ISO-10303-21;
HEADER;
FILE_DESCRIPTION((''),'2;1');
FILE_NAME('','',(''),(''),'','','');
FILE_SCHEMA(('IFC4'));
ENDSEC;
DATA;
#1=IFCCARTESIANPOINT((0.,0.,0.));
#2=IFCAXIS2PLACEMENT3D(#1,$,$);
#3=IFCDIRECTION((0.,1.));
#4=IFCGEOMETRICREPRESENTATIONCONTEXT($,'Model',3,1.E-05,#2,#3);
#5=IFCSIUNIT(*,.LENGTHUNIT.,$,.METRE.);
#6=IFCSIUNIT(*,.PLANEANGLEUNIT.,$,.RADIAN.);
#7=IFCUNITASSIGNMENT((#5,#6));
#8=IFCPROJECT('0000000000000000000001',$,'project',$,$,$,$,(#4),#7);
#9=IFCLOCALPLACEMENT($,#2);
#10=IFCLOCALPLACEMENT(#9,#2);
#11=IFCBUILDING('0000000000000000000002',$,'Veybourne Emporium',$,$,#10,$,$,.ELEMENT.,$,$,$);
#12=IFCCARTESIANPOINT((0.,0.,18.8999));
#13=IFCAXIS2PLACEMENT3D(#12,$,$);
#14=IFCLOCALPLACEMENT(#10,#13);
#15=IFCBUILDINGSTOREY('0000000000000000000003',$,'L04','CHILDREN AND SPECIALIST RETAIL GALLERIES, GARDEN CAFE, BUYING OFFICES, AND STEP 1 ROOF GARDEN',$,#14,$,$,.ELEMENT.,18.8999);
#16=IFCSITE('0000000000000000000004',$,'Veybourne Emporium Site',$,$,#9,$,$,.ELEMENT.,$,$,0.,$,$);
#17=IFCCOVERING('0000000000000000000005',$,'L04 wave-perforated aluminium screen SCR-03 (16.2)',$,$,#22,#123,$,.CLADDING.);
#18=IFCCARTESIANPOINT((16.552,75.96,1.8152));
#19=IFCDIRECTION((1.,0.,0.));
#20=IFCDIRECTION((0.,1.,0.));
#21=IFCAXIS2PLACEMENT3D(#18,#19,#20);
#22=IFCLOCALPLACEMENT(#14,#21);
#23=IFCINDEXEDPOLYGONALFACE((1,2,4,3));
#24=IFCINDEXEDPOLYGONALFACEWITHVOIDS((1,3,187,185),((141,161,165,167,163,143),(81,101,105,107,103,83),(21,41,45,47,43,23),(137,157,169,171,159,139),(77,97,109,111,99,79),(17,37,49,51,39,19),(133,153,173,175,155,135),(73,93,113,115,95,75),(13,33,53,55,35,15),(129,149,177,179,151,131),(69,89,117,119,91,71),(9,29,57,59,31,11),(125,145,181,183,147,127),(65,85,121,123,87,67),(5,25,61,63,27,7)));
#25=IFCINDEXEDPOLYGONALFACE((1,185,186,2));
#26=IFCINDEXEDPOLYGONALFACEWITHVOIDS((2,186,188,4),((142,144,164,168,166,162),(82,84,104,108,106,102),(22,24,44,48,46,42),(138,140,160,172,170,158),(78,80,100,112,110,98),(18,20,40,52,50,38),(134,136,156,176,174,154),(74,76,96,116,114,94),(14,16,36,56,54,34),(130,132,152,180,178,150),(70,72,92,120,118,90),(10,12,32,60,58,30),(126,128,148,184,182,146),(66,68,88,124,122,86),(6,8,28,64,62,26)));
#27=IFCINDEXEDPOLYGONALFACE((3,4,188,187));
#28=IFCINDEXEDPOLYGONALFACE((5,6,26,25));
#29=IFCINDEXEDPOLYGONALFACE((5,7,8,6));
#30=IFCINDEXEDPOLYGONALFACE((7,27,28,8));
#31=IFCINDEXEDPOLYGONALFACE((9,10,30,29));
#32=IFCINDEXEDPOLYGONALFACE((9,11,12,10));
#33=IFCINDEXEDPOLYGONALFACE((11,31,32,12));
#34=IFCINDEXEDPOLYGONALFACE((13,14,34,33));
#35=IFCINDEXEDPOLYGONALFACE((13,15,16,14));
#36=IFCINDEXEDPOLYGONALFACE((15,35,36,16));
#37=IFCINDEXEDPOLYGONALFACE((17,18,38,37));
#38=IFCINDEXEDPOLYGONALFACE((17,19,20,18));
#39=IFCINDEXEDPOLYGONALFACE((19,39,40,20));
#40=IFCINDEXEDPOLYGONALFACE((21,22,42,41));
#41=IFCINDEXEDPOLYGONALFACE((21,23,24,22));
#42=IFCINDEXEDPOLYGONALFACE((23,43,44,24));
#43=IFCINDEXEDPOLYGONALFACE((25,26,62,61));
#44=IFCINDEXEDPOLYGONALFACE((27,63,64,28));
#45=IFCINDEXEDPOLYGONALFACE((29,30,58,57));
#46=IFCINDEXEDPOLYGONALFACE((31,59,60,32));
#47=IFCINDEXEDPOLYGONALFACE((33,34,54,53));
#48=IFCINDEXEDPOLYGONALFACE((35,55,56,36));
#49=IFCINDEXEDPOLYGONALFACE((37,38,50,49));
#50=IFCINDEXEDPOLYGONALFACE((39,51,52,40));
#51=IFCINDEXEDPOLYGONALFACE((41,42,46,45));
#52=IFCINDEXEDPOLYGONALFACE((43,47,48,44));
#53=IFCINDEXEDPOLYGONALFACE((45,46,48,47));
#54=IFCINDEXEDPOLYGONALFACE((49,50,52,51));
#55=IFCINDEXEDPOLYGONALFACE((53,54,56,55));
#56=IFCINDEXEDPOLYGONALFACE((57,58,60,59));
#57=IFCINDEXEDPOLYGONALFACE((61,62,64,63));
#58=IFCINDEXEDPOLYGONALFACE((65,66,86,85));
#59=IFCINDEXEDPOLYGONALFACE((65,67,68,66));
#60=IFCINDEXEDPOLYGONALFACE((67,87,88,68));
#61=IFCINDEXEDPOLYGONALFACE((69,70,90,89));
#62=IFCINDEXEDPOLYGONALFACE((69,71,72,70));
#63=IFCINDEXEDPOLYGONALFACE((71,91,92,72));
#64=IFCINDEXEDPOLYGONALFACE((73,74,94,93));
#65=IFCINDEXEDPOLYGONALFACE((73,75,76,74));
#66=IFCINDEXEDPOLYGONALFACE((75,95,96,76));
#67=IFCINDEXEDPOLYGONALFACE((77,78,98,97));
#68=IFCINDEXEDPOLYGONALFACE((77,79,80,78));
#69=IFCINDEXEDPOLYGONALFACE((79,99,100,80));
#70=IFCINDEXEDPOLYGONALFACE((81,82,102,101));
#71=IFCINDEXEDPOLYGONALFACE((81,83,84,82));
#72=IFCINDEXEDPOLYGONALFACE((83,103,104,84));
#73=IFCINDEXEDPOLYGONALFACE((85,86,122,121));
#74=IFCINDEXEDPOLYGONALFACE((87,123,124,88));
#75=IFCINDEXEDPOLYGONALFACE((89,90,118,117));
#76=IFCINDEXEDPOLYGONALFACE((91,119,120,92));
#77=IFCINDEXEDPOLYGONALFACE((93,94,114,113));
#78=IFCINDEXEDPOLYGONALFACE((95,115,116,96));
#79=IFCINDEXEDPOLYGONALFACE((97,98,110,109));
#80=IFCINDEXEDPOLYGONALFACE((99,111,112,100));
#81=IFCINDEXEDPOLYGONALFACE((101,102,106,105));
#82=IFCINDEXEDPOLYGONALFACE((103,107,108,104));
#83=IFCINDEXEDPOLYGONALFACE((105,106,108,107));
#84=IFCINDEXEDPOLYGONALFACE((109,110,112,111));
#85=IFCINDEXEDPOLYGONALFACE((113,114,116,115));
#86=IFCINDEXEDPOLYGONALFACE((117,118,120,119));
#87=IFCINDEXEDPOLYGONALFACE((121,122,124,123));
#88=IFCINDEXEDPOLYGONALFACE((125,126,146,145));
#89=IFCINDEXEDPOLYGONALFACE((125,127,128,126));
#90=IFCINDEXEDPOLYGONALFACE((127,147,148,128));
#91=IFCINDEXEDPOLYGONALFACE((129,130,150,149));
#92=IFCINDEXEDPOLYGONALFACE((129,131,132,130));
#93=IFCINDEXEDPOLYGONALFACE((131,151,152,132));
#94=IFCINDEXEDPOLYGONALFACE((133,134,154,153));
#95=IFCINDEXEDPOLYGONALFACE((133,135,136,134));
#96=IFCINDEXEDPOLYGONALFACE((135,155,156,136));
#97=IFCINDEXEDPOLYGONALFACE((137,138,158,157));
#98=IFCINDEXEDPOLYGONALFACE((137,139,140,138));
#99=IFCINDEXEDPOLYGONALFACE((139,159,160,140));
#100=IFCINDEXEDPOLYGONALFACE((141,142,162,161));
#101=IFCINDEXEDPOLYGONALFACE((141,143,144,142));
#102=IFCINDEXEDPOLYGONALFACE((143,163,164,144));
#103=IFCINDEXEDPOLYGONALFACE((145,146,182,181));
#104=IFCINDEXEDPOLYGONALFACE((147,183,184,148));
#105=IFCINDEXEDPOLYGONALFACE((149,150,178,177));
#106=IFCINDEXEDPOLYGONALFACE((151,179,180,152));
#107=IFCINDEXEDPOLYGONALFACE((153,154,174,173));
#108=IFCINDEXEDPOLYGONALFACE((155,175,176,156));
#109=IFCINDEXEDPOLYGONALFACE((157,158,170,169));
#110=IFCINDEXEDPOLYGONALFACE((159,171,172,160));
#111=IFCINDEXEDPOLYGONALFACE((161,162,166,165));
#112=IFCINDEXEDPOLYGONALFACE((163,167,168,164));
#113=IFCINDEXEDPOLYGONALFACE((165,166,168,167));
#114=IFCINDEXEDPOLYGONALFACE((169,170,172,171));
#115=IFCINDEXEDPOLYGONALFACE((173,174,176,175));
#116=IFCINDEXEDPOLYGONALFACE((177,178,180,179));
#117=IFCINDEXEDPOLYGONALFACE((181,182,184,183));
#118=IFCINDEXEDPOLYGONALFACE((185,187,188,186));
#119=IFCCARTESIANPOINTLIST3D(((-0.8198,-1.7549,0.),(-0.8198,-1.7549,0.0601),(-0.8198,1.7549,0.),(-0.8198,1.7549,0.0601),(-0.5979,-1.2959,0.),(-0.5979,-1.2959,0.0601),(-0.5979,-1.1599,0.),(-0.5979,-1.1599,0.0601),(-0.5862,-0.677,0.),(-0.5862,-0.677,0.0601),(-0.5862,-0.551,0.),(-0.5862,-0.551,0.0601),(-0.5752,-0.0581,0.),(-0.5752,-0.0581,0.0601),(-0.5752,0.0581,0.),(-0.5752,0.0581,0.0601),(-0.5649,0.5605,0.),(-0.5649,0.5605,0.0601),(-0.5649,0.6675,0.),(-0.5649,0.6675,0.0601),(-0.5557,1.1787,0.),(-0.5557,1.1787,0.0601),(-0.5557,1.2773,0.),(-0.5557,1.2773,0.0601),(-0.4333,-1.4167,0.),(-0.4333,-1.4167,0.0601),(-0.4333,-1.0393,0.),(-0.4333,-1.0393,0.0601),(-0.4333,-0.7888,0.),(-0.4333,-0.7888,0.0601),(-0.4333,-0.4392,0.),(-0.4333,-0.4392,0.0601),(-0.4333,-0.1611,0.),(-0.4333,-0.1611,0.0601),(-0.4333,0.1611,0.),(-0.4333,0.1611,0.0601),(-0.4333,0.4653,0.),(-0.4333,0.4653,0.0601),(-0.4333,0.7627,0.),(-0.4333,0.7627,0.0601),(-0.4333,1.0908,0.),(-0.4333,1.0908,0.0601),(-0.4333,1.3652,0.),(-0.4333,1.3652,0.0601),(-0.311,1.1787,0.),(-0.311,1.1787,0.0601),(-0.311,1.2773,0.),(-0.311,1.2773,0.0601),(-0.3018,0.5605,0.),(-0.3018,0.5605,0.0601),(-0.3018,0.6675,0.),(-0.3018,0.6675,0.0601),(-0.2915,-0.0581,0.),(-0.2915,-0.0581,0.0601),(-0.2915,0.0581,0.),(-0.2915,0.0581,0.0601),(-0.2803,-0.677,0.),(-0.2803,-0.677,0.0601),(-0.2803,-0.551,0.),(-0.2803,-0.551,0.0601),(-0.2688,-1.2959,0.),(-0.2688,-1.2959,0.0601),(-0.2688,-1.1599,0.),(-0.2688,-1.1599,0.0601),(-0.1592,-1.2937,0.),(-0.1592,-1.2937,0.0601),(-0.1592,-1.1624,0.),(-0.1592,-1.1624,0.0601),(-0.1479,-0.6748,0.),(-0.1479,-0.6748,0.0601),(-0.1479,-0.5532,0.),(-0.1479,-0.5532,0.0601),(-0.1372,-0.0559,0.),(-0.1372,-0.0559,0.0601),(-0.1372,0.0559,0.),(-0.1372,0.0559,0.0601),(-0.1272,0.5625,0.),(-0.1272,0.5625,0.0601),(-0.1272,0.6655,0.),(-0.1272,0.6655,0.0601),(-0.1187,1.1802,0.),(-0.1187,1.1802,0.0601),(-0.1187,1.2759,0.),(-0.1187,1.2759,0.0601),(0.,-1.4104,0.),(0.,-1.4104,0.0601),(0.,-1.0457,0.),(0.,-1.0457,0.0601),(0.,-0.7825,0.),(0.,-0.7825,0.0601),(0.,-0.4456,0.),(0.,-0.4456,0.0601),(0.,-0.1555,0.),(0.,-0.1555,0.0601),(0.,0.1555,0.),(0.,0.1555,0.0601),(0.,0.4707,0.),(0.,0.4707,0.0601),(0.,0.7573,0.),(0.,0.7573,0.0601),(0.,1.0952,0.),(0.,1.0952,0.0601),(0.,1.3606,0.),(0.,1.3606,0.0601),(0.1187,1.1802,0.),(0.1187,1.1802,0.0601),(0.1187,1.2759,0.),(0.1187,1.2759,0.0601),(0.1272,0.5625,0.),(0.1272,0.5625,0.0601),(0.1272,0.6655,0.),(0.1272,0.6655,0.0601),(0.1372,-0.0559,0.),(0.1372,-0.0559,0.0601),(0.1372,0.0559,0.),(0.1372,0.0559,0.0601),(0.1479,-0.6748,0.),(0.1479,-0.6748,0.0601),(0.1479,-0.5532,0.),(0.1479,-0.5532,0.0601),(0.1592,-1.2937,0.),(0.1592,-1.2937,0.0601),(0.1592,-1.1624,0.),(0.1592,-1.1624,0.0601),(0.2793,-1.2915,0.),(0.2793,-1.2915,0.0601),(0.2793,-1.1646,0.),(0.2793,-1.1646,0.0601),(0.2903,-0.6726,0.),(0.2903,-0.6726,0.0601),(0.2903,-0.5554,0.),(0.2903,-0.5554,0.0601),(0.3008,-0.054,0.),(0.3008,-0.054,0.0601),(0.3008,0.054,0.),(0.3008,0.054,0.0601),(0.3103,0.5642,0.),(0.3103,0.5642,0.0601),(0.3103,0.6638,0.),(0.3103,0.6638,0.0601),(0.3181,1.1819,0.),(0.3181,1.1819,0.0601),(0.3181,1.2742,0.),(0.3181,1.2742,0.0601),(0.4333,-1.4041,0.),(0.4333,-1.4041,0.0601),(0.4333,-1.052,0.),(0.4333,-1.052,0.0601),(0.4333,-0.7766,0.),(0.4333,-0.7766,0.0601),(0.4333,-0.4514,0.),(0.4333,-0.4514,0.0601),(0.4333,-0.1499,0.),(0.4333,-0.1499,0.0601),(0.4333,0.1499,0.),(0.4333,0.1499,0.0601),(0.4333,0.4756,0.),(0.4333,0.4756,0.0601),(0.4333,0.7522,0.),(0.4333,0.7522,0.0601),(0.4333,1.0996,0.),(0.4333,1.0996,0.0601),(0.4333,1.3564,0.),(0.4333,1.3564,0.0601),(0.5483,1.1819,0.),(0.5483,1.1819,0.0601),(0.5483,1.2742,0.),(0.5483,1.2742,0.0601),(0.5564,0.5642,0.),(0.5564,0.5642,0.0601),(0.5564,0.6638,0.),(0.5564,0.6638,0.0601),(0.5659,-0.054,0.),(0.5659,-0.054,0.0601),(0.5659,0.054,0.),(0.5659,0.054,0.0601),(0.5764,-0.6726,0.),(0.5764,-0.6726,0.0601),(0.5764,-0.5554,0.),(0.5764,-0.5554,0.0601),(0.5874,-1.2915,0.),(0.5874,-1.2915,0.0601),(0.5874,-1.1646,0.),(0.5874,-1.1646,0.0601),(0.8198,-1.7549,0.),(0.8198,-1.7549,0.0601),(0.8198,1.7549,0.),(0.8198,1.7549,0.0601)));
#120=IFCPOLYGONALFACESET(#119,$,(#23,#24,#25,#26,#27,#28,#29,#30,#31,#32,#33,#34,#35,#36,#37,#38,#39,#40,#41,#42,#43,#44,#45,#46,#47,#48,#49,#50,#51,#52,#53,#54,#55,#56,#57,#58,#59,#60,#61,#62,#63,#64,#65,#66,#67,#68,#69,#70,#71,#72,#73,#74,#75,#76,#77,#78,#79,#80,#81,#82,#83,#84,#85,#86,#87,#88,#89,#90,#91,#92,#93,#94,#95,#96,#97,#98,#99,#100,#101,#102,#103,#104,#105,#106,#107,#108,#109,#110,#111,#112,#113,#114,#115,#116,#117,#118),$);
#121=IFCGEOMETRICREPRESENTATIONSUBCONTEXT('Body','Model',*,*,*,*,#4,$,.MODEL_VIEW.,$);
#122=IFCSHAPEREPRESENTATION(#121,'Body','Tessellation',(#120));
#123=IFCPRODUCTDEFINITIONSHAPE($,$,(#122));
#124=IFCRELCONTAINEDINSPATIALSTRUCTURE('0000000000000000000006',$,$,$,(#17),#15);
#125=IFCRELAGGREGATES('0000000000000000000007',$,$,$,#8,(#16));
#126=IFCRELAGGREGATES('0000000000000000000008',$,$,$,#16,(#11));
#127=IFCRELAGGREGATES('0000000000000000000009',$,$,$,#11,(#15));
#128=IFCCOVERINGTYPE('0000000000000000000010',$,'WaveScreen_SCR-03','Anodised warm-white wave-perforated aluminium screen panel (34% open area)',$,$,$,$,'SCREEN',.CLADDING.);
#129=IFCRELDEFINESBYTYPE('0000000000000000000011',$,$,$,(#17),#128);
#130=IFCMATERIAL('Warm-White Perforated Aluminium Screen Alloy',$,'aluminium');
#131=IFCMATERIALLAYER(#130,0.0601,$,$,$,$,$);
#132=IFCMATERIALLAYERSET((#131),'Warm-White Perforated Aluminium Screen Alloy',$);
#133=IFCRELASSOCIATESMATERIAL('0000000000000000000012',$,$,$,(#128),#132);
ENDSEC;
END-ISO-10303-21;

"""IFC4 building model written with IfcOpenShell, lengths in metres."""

from ifc_helpers import new_model, si_unit, direction, frame, origin, place, context, subcontext, project, spatial, polyline, outline, extrude, material, layer, layer_set, type_object, element, save


model = new_model("IFC4")

# Units and contexts
model_context = context("Model", 3, precision=1e-05, world=origin(), true_north=direction((0.0, 1.0)))
body_context = subcontext(model_context, "Body", "Model", "MODEL_VIEW")
ifc_project = project(units=[si_unit("LENGTHUNIT", "METRE"), si_unit("PLANEANGLEUNIT", "RADIAN")], contexts=[model_context])

# Site, building, storey
site_placement = place(None, origin())
site = spatial("IfcSite", under=ifc_project, at=site_placement, Name="Veybourne Emporium Site", CompositionType="ELEMENT", RefElevation=0.0)
building_placement = place(site_placement, origin())
building = spatial("IfcBuilding", under=site, at=building_placement, Name="Veybourne Emporium", CompositionType="ELEMENT")
storey_placement = place(building_placement, frame((0.0, 0.0, 18.8999)))
storey = spatial("IfcBuildingStorey", under=building, at=storey_placement, Name="L04", Description="CHILDREN AND SPECIALIST RETAIL GALLERIES, GARDEN CAFE, BUYING OFFICES, AND STEP 1 ROOF GARDEN", CompositionType="ELEMENT", Elevation=18.8999)

# Covering
ifc_material_1 = material(Name="Warm-White Perforated Aluminium Screen Alloy", Category="aluminium")
ifc_layer_1 = layer(ifc_material_1, 0.0601)
ifc_layer_set_1 = layer_set([ifc_layer_1], Name="Warm-White Perforated Aluminium Screen Alloy")
covering_type_1 = type_object("IfcCoveringType", Name="WaveScreen_SCR-03", Description="Anodised warm-white wave-perforated aluminium screen panel (34% open area)", ElementType="SCREEN", PredefinedType="CLADDING", material=ifc_layer_set_1)
covering_1_placement = place(storey_placement, frame((16.552, 75.96, 1.8152), z_axis=(1.0, 0.0, 0.0), x_axis=(0.0, 1.0, 0.0)))
element("IfcCovering", 1, at=covering_1_placement, inside=storey, type_object=covering_type_1, Name="L04 wave-perforated aluminium screen SCR-03 (16.2)", PredefinedType="CLADDING", context=body_context, shape_type="SweptSolid", body=[
    extrude(outline(polyline([(-0.8198, -1.7549), (0.8198, -1.7549), (0.8198, 1.7549), (-0.8198, 1.7549), (-0.8198, -1.7549)]), holes=[polyline([(-0.4333, -1.0393), (-0.2688, -1.1599), (-0.2688, -1.2959), (-0.4333, -1.4167), (-0.5979, -1.2959), (-0.5979, -1.1599), (-0.4333, -1.0393)]), polyline([(-0.4333, -0.4392), (-0.2803, -0.551), (-0.2803, -0.677), (-0.4333, -0.7888), (-0.5862, -0.677), (-0.5862, -0.551), (-0.4333, -0.4392)]), polyline([(-0.4333, 0.1611), (-0.2915, 0.0581), (-0.2915, -0.0581), (-0.4333, -0.1611), (-0.5752, -0.0581), (-0.5752, 0.0581), (-0.4333, 0.1611)]), polyline([(-0.4333, 0.7627), (-0.3018, 0.6675), (-0.3018, 0.5605), (-0.4333, 0.4653), (-0.5649, 0.5605), (-0.5649, 0.6675), (-0.4333, 0.7627)]), polyline([(-0.4333, 1.3652), (-0.311, 1.2773), (-0.311, 1.1787), (-0.4333, 1.0908), (-0.5557, 1.1787), (-0.5557, 1.2773), (-0.4333, 1.3652)]), polyline([(0.0, -1.0457), (0.1592, -1.1624), (0.1592, -1.2937), (0.0, -1.4104), (-0.1592, -1.2937), (-0.1592, -1.1624), (0.0, -1.0457)]), polyline([(0.0, -0.4456), (0.1479, -0.5532), (0.1479, -0.6748), (0.0, -0.7825), (-0.1479, -0.6748), (-0.1479, -0.5532), (0.0, -0.4456)]), polyline([(0.0, 0.1555), (0.1372, 0.0559), (0.1372, -0.0559), (0.0, -0.1555), (-0.1372, -0.0559), (-0.1372, 0.0559), (0.0, 0.1555)]), polyline([(0.0, 0.7573), (0.1272, 0.6655), (0.1272, 0.5625), (0.0, 0.4707), (-0.1272, 0.5625), (-0.1272, 0.6655), (0.0, 0.7573)]), polyline([(0.0, 1.3606), (0.1187, 1.2759), (0.1187, 1.1802), (0.0, 1.0952), (-0.1187, 1.1802), (-0.1187, 1.2759), (0.0, 1.3606)]), polyline([(0.4333, -1.052), (0.5874, -1.1646), (0.5874, -1.2915), (0.4333, -1.4041), (0.2793, -1.2915), (0.2793, -1.1646), (0.4333, -1.052)]), polyline([(0.4333, -0.4514), (0.5764, -0.5554), (0.5764, -0.6726), (0.4333, -0.7766), (0.2903, -0.6726), (0.2903, -0.5554), (0.4333, -0.4514)]), polyline([(0.4333, 0.1499), (0.5659, 0.054), (0.5659, -0.054), (0.4333, -0.1499), (0.3008, -0.054), (0.3008, 0.054), (0.4333, 0.1499)]), polyline([(0.4333, 0.7522), (0.5564, 0.6638), (0.5564, 0.5642), (0.4333, 0.4756), (0.3103, 0.5642), (0.3103, 0.6638), (0.4333, 0.7522)]), polyline([(0.4333, 1.3564), (0.5483, 1.2742), (0.5483, 1.1819), (0.4333, 1.0996), (0.3181, 1.1819), (0.3181, 1.2742), (0.4333, 1.3564)])]), origin(), (0.0, 0.0, 1.0), 0.0601),
])

save(model, "model.ifc")
